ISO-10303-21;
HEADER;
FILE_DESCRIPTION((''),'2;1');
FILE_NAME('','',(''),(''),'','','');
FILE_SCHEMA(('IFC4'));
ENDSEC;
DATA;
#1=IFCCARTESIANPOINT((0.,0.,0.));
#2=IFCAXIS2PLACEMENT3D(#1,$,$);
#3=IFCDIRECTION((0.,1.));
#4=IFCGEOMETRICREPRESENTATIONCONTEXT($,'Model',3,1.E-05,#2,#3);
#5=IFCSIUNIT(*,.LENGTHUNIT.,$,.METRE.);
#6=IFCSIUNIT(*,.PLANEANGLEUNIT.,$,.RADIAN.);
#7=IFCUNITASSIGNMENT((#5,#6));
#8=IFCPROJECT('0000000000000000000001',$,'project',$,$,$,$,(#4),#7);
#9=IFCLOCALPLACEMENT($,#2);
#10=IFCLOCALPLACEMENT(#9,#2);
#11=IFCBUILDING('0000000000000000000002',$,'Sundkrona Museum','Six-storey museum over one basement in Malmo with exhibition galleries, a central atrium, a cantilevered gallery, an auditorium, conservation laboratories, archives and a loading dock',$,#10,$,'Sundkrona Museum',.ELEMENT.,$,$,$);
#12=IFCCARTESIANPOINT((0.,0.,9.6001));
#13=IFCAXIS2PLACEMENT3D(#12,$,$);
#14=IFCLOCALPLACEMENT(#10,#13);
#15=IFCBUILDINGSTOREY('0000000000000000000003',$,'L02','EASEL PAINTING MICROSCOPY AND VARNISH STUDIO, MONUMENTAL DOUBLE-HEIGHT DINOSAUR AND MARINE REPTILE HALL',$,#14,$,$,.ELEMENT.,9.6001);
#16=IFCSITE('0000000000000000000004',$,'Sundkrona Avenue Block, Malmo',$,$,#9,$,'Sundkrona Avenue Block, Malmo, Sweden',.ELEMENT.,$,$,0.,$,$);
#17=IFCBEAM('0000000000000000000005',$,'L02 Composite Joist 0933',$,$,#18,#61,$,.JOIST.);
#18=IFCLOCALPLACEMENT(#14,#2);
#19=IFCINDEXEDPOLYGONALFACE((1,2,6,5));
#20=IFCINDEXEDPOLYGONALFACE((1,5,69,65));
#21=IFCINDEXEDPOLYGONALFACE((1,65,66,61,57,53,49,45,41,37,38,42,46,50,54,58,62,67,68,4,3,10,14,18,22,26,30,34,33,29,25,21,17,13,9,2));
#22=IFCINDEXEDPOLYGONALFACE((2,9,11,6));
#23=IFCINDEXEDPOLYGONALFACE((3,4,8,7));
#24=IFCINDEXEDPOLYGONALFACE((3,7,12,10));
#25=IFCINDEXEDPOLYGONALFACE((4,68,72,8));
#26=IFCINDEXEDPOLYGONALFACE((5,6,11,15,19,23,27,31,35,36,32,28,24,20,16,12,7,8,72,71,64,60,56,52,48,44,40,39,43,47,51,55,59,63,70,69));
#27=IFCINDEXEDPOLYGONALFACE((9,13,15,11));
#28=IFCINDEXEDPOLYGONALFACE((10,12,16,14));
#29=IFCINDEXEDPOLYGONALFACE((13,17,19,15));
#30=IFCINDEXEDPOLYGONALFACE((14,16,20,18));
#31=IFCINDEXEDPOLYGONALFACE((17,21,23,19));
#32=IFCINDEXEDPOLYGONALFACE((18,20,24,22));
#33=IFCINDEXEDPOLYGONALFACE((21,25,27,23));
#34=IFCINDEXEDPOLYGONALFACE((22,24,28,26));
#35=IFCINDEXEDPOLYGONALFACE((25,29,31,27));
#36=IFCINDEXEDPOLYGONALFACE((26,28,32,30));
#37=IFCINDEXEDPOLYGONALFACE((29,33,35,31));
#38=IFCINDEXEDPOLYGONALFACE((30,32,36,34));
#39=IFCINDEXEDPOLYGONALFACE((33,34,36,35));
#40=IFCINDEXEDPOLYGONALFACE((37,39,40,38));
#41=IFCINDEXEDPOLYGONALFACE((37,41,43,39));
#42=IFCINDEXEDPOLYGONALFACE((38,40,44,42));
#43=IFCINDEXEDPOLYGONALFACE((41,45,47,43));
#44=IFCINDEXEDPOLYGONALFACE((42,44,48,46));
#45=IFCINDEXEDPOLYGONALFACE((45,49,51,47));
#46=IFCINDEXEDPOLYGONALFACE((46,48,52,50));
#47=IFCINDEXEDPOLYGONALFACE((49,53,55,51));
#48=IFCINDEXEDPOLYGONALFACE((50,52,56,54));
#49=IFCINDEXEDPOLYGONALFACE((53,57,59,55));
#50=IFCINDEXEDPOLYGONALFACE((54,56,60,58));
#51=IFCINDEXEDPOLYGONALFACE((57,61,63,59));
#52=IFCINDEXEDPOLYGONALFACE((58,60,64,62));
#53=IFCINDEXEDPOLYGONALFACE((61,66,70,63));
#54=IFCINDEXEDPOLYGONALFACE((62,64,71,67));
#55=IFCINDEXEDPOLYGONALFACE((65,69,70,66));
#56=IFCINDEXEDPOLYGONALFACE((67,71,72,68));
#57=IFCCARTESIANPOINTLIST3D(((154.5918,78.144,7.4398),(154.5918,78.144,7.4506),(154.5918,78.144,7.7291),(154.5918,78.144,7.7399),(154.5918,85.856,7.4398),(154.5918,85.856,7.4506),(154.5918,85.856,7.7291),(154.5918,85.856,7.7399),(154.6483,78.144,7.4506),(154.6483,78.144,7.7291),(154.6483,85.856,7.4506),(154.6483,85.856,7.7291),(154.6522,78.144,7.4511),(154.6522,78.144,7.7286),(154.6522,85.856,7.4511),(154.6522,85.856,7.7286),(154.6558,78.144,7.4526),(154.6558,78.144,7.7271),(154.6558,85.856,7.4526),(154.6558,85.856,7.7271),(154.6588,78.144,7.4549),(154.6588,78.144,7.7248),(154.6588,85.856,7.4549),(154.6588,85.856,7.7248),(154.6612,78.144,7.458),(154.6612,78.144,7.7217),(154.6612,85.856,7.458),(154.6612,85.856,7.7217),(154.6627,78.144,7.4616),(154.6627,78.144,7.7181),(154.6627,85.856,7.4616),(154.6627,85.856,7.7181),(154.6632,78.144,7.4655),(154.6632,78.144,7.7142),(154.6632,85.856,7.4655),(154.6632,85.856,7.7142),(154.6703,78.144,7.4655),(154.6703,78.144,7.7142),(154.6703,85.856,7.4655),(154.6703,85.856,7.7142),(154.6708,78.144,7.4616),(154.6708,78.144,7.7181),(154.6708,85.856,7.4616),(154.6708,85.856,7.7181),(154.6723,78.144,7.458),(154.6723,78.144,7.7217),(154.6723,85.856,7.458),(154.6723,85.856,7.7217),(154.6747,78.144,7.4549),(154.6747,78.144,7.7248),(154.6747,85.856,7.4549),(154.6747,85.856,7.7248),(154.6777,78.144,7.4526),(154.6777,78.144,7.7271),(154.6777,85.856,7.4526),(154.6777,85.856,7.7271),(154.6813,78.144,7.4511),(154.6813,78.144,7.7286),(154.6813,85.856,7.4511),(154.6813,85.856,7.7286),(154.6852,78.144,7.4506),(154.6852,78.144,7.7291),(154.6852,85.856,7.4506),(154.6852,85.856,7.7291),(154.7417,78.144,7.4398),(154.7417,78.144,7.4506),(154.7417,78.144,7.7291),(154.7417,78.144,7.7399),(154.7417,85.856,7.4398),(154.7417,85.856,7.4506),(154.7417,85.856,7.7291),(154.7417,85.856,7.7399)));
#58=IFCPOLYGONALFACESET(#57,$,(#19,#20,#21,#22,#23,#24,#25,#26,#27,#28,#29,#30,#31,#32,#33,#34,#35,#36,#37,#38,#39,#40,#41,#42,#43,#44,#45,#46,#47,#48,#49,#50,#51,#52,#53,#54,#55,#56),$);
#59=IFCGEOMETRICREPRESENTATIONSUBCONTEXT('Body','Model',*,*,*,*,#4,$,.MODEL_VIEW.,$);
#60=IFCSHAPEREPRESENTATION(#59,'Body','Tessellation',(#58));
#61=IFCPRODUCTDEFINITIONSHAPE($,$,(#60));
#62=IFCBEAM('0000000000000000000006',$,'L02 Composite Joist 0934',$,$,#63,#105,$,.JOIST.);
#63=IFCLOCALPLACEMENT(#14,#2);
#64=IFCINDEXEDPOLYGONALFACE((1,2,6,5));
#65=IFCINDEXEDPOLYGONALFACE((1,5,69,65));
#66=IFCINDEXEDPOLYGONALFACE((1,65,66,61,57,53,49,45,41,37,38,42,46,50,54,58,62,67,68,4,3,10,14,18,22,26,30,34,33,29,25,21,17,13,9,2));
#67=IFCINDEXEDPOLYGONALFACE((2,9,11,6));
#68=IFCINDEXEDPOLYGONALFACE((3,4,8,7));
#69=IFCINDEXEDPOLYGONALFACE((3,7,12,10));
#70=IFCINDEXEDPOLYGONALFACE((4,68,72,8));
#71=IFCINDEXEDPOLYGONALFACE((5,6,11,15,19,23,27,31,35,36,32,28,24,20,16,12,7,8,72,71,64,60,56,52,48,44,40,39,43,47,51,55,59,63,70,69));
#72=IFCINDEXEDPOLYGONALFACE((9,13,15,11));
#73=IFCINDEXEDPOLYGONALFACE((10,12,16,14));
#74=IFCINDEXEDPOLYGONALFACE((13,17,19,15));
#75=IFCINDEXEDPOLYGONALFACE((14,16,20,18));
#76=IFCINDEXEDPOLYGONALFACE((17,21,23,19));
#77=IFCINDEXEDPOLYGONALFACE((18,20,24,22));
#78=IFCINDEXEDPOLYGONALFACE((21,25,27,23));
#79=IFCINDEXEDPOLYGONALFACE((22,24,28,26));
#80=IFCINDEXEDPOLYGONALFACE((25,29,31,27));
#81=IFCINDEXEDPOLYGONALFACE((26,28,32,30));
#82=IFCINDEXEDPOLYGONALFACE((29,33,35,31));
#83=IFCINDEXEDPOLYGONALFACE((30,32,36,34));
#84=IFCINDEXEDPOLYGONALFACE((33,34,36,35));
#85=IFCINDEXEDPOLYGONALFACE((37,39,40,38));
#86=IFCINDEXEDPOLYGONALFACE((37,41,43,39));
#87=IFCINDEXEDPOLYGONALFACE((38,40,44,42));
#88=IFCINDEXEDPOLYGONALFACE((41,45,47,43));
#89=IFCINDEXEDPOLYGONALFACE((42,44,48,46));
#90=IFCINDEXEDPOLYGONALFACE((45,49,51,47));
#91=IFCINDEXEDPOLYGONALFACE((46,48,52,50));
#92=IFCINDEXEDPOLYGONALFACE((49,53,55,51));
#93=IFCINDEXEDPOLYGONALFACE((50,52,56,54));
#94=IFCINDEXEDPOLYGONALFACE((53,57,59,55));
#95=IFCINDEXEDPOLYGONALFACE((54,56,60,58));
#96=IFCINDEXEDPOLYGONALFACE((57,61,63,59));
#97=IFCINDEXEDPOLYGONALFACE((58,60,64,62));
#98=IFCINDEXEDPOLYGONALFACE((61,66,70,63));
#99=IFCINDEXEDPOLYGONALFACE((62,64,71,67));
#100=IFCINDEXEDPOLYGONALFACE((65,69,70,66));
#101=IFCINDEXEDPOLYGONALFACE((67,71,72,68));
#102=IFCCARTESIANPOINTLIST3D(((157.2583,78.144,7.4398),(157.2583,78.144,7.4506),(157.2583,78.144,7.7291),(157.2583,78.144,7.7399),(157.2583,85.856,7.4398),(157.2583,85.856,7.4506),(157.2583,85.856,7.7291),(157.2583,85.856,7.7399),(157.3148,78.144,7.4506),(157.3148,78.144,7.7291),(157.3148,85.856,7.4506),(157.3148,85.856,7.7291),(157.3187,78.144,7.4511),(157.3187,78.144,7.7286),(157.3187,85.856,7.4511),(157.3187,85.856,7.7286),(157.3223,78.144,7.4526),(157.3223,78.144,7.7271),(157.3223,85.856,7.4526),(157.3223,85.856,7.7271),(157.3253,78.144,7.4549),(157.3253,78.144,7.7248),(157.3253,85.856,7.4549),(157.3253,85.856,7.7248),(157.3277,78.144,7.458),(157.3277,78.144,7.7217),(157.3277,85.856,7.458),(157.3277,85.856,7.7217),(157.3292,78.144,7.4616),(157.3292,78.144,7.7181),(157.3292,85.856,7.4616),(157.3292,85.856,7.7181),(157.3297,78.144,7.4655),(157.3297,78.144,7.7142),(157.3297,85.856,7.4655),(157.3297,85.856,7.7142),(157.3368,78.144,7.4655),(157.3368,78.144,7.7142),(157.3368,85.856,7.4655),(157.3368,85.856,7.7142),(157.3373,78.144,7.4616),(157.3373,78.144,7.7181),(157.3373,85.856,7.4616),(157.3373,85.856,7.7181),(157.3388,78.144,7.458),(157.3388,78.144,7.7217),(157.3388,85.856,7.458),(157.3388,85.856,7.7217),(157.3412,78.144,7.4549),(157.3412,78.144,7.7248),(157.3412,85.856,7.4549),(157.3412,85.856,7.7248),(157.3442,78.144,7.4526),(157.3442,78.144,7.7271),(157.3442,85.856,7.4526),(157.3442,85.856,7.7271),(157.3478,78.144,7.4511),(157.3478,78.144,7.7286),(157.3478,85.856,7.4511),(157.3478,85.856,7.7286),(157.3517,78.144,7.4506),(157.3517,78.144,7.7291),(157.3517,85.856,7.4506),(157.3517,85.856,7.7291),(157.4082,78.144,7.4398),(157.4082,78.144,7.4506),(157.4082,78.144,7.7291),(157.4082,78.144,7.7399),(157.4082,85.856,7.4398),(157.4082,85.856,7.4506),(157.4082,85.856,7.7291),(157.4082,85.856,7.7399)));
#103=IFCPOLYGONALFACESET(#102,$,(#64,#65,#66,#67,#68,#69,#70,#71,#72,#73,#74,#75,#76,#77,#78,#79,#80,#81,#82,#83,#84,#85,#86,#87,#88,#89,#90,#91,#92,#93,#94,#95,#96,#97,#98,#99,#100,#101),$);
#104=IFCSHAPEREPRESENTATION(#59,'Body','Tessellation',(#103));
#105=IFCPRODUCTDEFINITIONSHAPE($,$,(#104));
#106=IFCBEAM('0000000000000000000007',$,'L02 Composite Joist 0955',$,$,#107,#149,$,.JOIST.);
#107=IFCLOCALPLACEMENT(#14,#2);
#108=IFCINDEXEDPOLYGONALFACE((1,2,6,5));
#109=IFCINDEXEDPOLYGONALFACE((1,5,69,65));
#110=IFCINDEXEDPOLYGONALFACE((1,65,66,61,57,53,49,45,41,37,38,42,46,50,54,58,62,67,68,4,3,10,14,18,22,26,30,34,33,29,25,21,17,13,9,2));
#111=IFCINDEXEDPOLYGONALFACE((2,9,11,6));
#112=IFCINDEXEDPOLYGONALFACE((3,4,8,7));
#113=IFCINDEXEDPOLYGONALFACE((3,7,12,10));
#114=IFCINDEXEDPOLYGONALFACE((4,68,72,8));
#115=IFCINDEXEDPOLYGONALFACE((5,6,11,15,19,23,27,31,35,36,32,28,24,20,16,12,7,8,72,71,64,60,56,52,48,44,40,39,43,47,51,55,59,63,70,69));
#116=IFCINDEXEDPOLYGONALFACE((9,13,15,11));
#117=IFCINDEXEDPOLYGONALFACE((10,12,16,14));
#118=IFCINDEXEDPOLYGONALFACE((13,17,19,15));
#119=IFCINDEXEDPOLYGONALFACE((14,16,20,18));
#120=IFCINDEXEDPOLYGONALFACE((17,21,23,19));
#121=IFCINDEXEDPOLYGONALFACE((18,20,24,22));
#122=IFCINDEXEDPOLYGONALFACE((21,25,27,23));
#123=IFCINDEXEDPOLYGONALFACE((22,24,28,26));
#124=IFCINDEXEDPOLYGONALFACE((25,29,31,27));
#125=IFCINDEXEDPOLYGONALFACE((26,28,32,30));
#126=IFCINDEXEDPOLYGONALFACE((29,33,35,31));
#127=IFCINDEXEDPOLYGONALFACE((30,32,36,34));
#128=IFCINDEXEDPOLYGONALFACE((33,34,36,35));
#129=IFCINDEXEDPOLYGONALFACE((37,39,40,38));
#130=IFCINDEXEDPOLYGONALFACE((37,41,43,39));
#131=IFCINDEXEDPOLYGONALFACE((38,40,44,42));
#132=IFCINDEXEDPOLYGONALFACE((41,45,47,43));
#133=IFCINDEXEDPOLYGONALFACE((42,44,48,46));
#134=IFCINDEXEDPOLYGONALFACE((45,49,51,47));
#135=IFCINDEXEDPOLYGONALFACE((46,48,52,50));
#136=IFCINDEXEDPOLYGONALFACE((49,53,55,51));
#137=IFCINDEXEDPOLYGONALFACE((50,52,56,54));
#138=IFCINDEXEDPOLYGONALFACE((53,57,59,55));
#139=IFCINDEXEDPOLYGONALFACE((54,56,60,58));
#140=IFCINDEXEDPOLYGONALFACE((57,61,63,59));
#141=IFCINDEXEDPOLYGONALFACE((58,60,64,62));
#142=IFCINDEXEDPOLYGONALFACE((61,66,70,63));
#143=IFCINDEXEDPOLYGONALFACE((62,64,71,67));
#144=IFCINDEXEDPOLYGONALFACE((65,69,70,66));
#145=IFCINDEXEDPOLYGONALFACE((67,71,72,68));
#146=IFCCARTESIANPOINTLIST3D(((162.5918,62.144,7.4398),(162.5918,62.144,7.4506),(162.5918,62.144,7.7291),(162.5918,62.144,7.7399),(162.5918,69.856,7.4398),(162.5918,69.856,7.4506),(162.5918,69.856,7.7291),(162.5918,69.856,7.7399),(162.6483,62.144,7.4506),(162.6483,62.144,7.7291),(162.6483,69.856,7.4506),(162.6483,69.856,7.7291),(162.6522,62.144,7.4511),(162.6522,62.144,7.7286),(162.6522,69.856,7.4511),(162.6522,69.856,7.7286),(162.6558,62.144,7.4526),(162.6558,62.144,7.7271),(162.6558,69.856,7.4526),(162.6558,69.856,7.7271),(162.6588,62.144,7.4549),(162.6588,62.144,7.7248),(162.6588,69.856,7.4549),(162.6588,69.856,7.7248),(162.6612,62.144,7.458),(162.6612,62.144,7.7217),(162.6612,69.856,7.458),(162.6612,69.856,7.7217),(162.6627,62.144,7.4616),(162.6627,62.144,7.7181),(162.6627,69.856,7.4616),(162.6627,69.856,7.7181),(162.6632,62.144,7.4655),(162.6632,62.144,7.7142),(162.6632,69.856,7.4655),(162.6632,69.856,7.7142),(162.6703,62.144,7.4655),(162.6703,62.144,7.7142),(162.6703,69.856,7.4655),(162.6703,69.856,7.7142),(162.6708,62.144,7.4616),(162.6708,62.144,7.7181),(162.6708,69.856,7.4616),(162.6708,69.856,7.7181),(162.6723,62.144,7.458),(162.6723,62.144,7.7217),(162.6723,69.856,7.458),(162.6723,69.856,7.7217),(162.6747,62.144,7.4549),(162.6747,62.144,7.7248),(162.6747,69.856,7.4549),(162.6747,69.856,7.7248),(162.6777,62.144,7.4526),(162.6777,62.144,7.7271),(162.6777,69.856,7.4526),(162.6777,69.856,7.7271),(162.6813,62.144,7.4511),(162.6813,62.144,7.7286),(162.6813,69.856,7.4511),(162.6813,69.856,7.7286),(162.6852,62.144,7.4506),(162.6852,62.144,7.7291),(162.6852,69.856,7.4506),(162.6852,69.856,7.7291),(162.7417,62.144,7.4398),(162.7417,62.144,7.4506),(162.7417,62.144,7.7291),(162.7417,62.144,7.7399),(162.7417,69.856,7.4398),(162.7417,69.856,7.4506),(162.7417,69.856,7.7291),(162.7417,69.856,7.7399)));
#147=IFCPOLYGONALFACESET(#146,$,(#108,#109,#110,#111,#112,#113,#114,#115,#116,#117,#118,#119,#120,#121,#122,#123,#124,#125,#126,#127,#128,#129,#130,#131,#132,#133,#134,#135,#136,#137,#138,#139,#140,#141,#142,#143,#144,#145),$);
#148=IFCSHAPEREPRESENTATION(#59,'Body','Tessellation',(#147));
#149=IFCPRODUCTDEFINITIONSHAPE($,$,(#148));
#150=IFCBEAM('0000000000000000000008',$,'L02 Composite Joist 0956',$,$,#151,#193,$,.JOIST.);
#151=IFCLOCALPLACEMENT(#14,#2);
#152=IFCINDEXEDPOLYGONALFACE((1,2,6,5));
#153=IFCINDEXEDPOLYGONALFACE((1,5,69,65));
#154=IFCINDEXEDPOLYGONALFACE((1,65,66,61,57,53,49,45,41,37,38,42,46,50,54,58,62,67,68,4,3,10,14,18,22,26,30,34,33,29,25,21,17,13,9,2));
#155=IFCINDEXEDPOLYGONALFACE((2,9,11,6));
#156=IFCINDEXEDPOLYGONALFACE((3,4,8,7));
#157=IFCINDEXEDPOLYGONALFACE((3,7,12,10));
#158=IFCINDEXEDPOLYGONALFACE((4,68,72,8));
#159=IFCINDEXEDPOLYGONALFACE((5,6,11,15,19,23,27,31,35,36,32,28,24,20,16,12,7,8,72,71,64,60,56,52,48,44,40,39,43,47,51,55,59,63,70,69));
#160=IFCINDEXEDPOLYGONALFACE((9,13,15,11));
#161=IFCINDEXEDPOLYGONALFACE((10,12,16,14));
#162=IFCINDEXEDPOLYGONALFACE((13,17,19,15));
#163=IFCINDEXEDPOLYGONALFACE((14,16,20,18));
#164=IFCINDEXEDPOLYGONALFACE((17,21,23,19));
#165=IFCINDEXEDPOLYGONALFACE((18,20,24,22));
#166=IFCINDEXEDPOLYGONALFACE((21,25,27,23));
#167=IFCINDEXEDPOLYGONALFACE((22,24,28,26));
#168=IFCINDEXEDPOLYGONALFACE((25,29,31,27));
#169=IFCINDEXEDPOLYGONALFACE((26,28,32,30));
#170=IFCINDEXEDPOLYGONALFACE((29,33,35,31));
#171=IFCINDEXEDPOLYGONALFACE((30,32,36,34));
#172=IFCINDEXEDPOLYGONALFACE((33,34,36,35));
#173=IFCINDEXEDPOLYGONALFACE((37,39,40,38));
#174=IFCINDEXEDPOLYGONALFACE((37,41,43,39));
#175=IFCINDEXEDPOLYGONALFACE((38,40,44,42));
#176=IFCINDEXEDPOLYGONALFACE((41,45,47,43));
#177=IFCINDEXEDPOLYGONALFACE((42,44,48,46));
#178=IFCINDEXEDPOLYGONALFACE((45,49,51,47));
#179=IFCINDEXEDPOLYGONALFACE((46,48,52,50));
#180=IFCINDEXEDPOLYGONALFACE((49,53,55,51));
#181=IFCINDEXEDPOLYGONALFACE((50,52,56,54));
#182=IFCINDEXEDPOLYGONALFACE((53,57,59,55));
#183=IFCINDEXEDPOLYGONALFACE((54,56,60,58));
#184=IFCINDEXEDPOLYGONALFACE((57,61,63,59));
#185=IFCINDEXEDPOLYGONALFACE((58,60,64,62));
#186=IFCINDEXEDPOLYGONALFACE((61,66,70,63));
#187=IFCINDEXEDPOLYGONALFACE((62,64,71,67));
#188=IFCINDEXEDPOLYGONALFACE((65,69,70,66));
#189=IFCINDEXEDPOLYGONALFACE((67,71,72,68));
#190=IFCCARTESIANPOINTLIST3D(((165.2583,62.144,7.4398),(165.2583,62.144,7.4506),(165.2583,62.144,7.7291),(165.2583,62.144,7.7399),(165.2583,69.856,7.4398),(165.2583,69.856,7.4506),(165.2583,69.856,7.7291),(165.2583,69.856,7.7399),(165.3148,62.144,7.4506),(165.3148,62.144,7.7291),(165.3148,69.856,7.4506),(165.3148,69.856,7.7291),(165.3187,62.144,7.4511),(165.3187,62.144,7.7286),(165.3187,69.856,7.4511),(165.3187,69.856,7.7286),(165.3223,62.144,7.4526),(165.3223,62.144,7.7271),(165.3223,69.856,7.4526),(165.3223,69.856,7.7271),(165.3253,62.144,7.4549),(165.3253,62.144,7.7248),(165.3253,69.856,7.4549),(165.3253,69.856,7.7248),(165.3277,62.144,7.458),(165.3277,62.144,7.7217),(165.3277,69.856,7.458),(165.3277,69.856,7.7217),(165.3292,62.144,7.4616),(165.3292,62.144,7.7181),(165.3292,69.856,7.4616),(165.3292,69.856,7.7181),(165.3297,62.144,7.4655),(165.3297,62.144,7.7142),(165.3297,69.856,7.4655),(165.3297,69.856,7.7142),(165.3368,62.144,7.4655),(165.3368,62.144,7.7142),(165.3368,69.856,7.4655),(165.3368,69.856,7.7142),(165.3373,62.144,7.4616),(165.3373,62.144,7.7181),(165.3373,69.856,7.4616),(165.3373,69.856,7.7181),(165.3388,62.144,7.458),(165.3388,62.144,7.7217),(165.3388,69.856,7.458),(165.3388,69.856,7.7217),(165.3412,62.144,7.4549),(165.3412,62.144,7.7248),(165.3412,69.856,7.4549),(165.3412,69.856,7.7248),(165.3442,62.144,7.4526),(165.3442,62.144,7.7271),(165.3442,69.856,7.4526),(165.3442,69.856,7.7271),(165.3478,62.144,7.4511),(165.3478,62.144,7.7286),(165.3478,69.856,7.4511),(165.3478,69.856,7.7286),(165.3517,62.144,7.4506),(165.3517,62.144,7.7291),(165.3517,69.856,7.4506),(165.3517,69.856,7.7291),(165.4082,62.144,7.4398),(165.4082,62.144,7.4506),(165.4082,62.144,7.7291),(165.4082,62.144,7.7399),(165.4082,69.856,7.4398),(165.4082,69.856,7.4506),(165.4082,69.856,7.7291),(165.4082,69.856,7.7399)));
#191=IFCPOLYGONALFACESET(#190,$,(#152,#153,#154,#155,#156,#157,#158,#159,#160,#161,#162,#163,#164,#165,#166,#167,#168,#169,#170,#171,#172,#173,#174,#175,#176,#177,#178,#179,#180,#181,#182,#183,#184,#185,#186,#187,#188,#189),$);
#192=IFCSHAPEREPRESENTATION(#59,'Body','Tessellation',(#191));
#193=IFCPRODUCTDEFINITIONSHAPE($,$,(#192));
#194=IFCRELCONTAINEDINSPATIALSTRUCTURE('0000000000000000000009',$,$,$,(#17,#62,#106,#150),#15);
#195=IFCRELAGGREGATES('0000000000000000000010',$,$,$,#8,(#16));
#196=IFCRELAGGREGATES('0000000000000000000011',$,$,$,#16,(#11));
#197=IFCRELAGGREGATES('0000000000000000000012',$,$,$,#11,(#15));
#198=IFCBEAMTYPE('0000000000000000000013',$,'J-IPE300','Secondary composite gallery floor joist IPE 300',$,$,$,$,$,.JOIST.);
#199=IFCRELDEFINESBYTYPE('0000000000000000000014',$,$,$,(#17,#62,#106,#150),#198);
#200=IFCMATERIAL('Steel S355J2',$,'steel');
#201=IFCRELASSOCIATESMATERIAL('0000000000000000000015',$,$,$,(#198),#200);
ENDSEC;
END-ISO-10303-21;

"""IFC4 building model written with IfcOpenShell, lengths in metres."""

from ifc_helpers import new_model, si_unit, direction, frame, origin, origin_2d, place, context, subcontext, project, spatial, i_section, extrude, material, material_profile, profile_set, type_object, element, save


model = new_model("IFC4")

# Units and contexts
model_context = context("Model", 3, precision=1e-05, world=origin(), true_north=direction((0.0, 1.0)))
body_context = subcontext(model_context, "Body", "Model", "MODEL_VIEW")
ifc_project = project(units=[si_unit("LENGTHUNIT", "METRE"), si_unit("PLANEANGLEUNIT", "RADIAN")], contexts=[model_context])

# Site, building, storey
site_placement = place(None, origin())
site = spatial("IfcSite", under=ifc_project, at=site_placement, Name="Sundkrona Avenue Block, Malmo", LongName="Sundkrona Avenue Block, Malmo, Sweden", CompositionType="ELEMENT", RefElevation=0.0)
building_placement = place(site_placement, origin())
building = spatial("IfcBuilding", under=site, at=building_placement, Name="Sundkrona Museum", Description="Six-storey museum over one basement in Malmo with exhibition galleries, a central atrium, a cantilevered gallery, an auditorium, conservation laboratories, archives and a loading dock", LongName="Sundkrona Museum", CompositionType="ELEMENT")
storey_placement = place(building_placement, frame((0.0, 0.0, 9.6001)))
storey = spatial("IfcBuildingStorey", under=building, at=storey_placement, Name="L02", Description="EASEL PAINTING MICROSCOPY AND VARNISH STUDIO, MONUMENTAL DOUBLE-HEIGHT DINOSAUR AND MARINE REPTILE HALL", CompositionType="ELEMENT", Elevation=9.6001)

# Shared definitions
ifc_material_1 = material(Name="Steel S355J2", Category="steel")

# Beams
ifc_material_profile_1 = material_profile(ifc_material_1, i_section(OverallWidth=0.1499, OverallDepth=0.3, WebThickness=0.0071, FlangeThickness=0.0107, FilletRadius=0.0149, at=origin_2d()), Name="IPE 300")
ifc_profile_set_1 = profile_set([ifc_material_profile_1], Name="Steel S355J2")
beam_type_1 = type_object("IfcBeamType", Name="J-IPE300", Description="Secondary composite gallery floor joist IPE 300", PredefinedType="JOIST", material=ifc_profile_set_1)
for number, where, z_axis, x_axis, name in (
    (1, (154.6667, 78.144, 7.5898), (0.0, 1.0, 0.0), (-1.0, 0.0, 0.0), "L02 Composite Joist 0933"),
    (2, (157.3333, 78.144, 7.5898), (0.0, 1.0, 0.0), (-1.0, 0.0, 0.0), "L02 Composite Joist 0934"),
    (3, (162.6667, 62.144, 7.5898), (0.0, 1.0, 0.0), (-1.0, 0.0, 0.0), "L02 Composite Joist 0955"),
    (4, (165.3333, 62.144, 7.5898), (0.0, 1.0, 0.0), (-1.0, 0.0, 0.0), "L02 Composite Joist 0956"),
):
    element("IfcBeam", number, at=place(storey_placement, frame(where, z_axis=z_axis, x_axis=x_axis)), inside=storey, type_object=beam_type_1, Name=name, PredefinedType="JOIST", context=body_context, shape_type="SweptSolid", body=[
        extrude(i_section(OverallWidth=0.1499, OverallDepth=0.3, WebThickness=0.0071, FlangeThickness=0.0107, FilletRadius=0.0149, at=origin_2d()), origin(), (0.0, 0.0, 1.0), 7.7119),
    ])

save(model, "model.ifc")
